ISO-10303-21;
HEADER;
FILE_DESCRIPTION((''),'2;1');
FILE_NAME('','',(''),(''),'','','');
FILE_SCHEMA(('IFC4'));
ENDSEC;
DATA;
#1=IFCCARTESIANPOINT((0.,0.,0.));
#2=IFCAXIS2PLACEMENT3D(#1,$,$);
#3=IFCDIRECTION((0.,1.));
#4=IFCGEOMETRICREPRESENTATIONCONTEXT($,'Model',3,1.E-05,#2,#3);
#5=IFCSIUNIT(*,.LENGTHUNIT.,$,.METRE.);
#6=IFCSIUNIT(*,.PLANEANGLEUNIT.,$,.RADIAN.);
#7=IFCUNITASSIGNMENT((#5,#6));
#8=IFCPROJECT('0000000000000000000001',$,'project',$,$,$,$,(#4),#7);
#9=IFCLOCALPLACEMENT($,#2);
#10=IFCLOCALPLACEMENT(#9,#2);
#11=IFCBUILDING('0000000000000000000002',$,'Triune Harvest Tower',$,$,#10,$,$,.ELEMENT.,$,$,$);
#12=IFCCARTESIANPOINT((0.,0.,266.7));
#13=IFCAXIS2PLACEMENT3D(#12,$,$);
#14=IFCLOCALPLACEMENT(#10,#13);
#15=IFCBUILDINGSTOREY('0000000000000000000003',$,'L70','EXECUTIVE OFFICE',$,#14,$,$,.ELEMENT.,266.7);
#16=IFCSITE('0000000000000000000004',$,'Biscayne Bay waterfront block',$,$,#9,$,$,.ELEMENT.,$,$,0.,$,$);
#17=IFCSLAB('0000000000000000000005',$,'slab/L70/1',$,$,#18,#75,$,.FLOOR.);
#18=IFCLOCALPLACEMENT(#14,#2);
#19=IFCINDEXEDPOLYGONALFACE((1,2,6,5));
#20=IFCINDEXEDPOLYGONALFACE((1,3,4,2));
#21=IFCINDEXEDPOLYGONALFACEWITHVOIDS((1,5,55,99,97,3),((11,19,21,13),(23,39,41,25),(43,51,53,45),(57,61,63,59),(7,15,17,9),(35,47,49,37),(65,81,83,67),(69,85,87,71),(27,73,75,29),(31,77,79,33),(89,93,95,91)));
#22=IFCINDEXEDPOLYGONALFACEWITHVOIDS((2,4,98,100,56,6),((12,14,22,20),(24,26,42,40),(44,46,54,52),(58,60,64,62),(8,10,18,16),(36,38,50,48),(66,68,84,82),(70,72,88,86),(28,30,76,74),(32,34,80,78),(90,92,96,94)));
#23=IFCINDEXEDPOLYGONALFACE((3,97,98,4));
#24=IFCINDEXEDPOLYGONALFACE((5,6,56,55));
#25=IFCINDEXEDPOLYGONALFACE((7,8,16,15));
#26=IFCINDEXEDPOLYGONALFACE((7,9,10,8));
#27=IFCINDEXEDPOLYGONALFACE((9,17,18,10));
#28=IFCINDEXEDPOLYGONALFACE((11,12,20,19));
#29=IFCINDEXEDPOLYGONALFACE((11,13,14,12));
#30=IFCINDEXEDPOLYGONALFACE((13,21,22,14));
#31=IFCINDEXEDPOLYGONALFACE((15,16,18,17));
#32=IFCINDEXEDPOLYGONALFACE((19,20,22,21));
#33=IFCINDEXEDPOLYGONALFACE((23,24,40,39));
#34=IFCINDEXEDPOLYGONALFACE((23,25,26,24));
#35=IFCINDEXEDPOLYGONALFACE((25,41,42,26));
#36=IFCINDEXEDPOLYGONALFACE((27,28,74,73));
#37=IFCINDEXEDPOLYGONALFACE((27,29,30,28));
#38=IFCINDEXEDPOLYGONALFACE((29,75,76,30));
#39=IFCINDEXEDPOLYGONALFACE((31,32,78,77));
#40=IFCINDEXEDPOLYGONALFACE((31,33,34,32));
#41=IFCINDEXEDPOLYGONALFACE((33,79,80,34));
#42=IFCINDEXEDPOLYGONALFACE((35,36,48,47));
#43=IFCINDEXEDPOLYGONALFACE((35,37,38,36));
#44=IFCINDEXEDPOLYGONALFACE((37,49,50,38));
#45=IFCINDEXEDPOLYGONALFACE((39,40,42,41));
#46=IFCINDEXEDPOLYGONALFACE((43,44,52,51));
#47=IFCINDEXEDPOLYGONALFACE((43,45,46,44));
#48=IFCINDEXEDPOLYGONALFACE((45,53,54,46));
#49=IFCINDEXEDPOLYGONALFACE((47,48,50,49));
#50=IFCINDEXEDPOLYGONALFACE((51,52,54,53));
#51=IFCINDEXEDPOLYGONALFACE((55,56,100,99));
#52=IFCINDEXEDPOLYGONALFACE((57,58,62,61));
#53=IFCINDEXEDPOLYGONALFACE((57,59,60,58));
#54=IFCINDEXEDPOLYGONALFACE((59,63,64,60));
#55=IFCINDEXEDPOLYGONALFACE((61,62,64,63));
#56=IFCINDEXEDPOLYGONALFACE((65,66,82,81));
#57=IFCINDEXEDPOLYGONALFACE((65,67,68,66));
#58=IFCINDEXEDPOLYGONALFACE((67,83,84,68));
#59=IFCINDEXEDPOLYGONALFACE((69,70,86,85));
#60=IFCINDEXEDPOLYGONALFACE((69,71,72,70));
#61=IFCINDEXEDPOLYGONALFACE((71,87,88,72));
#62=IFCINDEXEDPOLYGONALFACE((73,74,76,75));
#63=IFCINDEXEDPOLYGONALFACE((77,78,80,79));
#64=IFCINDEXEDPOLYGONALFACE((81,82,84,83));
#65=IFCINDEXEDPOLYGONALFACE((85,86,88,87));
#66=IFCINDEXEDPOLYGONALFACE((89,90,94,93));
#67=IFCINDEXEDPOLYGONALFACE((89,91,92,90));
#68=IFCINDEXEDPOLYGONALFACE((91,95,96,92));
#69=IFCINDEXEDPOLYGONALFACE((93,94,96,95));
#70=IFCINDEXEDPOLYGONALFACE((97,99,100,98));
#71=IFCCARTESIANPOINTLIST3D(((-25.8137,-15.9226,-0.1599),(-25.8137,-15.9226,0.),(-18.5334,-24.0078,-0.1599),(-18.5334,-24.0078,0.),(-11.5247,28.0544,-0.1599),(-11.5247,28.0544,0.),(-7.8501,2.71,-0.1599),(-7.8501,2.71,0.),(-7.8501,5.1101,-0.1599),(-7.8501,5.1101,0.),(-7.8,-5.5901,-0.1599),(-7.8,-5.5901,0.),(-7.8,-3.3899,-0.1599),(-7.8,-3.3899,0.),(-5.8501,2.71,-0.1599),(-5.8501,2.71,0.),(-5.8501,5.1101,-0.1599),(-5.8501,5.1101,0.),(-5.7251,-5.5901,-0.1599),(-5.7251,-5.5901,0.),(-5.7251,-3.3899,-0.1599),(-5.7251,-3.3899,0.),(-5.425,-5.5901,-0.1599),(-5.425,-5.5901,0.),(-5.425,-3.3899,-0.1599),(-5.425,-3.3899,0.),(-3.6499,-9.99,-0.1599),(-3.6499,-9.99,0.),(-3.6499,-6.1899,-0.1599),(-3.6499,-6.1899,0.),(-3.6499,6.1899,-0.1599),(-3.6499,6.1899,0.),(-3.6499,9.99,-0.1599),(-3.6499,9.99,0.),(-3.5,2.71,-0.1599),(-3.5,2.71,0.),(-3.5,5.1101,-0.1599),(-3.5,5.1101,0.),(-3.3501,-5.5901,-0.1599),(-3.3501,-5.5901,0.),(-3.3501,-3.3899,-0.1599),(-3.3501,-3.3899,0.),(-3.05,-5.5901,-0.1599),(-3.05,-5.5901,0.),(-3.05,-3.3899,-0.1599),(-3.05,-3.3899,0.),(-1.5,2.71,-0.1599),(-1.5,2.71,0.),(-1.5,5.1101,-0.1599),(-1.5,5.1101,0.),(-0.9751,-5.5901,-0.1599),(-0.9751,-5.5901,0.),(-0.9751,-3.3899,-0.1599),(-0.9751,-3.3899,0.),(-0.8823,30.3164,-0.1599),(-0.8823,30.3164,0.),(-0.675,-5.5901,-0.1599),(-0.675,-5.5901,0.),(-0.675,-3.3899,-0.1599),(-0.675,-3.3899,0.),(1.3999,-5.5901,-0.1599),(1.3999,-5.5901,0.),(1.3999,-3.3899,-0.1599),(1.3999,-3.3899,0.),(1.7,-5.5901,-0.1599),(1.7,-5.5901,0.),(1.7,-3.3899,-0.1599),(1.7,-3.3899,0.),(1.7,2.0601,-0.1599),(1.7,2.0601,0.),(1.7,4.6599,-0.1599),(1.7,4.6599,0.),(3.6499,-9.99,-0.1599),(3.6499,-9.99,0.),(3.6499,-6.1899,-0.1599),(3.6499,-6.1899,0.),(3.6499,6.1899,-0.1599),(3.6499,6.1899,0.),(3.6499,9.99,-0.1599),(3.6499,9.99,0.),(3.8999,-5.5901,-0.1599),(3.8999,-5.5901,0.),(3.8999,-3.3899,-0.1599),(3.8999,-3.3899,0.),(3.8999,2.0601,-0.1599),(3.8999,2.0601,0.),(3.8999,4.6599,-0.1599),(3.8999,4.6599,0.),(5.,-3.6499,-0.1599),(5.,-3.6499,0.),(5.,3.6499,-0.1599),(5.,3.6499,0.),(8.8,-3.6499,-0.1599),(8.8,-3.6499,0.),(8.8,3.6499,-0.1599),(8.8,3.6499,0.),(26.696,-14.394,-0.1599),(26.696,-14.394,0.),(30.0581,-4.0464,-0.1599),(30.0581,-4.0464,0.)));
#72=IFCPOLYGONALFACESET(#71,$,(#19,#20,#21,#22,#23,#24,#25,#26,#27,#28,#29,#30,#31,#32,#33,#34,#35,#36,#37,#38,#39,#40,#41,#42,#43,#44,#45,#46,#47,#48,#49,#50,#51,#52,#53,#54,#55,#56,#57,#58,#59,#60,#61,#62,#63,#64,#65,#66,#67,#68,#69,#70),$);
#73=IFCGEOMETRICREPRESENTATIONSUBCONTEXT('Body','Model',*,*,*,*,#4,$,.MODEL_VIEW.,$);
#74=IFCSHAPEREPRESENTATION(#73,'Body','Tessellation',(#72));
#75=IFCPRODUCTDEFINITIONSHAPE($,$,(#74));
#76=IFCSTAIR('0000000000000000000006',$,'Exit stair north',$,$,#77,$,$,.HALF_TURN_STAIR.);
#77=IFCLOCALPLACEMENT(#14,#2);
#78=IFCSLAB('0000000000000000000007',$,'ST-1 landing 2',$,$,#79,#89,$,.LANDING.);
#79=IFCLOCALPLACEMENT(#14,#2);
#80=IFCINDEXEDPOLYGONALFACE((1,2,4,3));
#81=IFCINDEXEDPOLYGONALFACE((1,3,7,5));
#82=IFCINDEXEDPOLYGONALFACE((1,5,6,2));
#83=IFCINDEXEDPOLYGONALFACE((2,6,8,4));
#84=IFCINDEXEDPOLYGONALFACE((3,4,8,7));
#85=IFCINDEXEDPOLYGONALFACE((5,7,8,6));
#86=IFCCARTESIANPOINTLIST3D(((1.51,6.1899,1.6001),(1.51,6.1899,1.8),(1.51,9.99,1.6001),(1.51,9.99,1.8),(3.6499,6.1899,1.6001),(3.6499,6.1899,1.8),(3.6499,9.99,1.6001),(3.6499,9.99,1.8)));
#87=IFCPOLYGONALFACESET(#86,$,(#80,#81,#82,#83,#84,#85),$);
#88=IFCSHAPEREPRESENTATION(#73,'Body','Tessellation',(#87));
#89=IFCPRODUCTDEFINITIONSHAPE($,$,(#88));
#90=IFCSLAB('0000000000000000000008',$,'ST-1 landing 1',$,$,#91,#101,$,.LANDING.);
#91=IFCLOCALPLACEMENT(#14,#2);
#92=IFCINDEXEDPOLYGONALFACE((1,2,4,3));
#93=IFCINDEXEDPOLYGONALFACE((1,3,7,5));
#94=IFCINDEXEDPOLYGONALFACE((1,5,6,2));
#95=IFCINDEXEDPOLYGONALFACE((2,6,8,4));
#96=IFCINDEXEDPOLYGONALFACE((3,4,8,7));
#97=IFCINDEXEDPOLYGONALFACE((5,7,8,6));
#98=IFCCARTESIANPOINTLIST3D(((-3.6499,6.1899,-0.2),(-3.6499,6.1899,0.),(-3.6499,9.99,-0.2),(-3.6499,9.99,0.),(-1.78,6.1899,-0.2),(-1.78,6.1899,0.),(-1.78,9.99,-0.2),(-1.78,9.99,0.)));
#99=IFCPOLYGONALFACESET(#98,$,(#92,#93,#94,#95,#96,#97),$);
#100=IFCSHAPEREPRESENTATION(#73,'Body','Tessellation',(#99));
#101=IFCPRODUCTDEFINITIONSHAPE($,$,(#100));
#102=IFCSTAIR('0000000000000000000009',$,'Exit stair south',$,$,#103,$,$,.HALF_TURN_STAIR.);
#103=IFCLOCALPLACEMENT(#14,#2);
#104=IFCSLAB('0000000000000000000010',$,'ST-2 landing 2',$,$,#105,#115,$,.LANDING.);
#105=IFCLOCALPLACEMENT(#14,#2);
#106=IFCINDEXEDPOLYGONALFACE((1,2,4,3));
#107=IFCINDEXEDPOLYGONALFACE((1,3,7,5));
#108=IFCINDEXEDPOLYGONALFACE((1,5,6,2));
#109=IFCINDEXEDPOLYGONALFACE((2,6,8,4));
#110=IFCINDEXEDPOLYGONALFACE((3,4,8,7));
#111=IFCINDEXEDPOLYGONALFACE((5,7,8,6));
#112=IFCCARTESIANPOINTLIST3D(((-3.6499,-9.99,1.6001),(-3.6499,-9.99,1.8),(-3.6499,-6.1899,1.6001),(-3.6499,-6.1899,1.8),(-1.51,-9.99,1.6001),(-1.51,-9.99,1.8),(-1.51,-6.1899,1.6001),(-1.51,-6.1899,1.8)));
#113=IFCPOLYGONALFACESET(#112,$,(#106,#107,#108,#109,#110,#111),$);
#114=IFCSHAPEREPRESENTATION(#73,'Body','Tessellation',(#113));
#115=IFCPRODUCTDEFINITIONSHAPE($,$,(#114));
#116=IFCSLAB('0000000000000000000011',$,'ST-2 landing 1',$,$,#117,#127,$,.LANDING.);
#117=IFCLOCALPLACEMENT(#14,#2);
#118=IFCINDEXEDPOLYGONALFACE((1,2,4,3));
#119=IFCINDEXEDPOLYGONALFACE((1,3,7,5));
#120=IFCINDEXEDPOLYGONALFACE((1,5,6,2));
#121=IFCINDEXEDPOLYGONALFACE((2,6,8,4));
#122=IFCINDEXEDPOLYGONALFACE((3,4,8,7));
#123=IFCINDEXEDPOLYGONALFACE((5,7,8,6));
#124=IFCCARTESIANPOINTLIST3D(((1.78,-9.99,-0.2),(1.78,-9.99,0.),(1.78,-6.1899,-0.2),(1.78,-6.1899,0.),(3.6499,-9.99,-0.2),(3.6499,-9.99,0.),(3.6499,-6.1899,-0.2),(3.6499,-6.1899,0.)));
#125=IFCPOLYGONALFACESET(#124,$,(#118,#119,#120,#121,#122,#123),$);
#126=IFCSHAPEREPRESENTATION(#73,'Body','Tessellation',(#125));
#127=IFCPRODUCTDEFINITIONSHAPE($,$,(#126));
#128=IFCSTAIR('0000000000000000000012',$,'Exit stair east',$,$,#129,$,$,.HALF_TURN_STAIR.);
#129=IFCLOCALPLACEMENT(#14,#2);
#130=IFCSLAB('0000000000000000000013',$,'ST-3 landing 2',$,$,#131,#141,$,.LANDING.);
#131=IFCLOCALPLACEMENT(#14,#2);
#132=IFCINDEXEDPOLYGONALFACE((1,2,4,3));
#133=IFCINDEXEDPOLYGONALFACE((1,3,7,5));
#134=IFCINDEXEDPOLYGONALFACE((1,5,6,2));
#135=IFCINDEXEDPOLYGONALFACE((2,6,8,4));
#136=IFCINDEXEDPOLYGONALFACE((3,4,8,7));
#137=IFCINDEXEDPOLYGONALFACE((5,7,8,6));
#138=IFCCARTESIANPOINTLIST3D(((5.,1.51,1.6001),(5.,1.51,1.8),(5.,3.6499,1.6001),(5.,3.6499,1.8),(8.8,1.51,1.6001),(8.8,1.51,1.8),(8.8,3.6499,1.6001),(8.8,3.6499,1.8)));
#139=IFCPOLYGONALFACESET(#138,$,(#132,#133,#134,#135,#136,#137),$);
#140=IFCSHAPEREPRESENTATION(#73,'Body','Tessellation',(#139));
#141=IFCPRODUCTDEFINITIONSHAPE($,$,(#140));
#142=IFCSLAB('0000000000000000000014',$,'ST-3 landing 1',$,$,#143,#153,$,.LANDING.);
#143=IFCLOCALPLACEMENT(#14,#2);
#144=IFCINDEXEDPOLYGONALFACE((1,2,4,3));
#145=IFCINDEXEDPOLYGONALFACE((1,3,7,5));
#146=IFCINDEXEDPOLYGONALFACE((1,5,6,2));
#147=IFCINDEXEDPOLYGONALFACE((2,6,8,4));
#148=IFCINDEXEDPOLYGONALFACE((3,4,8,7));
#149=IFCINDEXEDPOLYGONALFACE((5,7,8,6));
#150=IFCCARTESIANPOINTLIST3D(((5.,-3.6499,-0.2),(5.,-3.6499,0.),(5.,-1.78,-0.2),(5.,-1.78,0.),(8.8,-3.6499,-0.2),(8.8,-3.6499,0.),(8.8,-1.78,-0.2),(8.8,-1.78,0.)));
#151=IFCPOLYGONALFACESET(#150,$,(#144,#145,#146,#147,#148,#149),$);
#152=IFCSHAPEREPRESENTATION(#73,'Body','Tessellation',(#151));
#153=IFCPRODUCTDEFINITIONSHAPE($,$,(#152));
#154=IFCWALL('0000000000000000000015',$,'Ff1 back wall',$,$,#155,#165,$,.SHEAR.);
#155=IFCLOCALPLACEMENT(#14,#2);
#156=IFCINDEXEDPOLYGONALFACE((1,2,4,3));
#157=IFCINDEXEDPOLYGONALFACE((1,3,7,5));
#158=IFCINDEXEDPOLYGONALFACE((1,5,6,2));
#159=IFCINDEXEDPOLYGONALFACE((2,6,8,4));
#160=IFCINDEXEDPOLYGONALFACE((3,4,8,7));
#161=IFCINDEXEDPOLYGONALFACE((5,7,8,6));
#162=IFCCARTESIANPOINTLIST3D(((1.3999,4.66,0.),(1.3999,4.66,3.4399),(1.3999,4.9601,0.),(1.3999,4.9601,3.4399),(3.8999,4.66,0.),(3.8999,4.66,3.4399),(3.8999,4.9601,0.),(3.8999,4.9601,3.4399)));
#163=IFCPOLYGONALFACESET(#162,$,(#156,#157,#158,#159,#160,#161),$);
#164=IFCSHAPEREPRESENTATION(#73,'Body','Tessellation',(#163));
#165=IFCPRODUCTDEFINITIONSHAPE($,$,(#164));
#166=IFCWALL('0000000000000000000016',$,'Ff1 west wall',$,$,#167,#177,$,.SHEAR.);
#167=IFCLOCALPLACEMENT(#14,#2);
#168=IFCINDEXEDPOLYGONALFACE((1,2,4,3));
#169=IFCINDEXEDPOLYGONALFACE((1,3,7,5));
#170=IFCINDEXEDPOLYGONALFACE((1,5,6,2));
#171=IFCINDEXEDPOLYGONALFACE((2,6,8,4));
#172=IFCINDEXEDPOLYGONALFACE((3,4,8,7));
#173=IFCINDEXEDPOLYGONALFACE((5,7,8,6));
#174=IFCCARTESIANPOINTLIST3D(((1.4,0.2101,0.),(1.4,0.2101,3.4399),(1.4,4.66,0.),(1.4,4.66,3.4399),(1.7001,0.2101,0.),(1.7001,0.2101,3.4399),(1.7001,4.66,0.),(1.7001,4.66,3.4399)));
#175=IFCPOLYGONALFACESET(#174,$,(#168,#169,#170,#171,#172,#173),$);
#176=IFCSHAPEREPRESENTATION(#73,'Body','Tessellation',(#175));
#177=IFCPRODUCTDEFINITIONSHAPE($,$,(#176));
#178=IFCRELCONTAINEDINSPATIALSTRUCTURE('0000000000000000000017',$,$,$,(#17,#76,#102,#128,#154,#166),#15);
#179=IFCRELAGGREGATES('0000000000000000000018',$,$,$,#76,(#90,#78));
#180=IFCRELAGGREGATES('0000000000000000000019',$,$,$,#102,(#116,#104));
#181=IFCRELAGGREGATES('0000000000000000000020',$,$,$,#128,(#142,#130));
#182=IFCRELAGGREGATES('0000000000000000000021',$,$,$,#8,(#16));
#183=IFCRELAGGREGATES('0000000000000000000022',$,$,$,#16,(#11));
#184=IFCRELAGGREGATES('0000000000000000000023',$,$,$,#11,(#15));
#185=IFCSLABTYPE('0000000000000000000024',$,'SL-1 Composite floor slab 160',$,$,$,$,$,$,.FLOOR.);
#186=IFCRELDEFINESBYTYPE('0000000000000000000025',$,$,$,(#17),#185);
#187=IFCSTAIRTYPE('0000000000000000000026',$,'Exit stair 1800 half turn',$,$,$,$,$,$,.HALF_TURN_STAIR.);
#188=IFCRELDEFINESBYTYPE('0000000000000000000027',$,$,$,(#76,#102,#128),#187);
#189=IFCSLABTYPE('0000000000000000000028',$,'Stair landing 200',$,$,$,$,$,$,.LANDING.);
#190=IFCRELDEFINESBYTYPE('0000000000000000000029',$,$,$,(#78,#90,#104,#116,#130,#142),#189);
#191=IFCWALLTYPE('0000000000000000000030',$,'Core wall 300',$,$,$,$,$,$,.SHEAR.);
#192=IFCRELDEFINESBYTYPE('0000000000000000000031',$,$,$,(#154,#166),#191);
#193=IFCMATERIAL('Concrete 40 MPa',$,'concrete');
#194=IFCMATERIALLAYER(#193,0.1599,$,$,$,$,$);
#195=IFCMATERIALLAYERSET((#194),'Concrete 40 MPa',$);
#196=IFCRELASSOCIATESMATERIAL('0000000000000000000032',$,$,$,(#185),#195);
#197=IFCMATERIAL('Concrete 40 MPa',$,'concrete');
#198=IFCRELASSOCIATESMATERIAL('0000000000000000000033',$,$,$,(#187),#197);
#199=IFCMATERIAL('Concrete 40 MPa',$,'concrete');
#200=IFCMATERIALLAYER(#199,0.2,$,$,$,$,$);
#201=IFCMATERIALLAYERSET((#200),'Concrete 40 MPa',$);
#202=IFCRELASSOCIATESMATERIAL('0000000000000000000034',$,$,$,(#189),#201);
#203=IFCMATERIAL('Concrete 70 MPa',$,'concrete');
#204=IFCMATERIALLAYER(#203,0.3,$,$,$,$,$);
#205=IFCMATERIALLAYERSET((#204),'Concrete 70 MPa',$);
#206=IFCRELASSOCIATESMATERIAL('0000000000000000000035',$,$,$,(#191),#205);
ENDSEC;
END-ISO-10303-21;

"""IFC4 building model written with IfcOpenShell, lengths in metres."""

from ifc_helpers import new_model, si_unit, direction, frame, frame_2d, origin, place, context, subcontext, project, spatial, polyline, rectangle, outline, extrude, source, transform, mapped, material, layer, layer_set, type_object, element, aggregate, save


model = new_model("IFC4")

# Units and contexts
model_context = context("Model", 3, precision=1e-05, world=origin(), true_north=direction((0.0, 1.0)))
body_context = subcontext(model_context, "Body", "Model", "MODEL_VIEW")
ifc_project = project(units=[si_unit("LENGTHUNIT", "METRE"), si_unit("PLANEANGLEUNIT", "RADIAN")], contexts=[model_context])

# Site, building, storey
site_placement = place(None, origin())
site = spatial("IfcSite", under=ifc_project, at=site_placement, Name="Biscayne Bay waterfront block", CompositionType="ELEMENT", RefElevation=0.0)
building_placement = place(site_placement, origin())
building = spatial("IfcBuilding", under=site, at=building_placement, Name="Triune Harvest Tower", CompositionType="ELEMENT")
storey_placement = place(building_placement, frame((0.0, 0.0, 266.7)))
storey = spatial("IfcBuildingStorey", under=building, at=storey_placement, Name="L70", Description="EXECUTIVE OFFICE", CompositionType="ELEMENT", Elevation=266.7)

# Slab
ifc_material_1 = material(Name="Concrete 40 MPa", Category="concrete")
ifc_layer_1 = layer(ifc_material_1, 0.1599)
ifc_layer_set_1 = layer_set([ifc_layer_1], Name="Concrete 40 MPa")
slab_type_1 = type_object("IfcSlabType", Name="SL-1 Composite floor slab 160", PredefinedType="FLOOR", material=ifc_layer_set_1)
shared_shape_1 = source(origin(), body_context, "Body", "SweptSolid", [
    extrude(outline(polyline([(30.0581, -4.0464), (-0.8823, 30.3164), (-11.5247, 28.0544), (-25.8137, -15.9226), (-18.5334, -24.0078), (26.696, -14.394), (30.0581, -4.0464)]), holes=[polyline([(-5.7251, -5.5901), (-5.7251, -3.3899), (-7.8, -3.3899), (-7.8, -5.5901), (-5.7251, -5.5901)]), polyline([(-3.3501, -5.5901), (-3.3501, -3.3899), (-5.425, -3.3899), (-5.425, -5.5901), (-3.3501, -5.5901)]), polyline([(-0.9751, -5.5901), (-0.9751, -3.3899), (-3.05, -3.3899), (-3.05, -5.5901), (-0.9751, -5.5901)]), polyline([(1.3999, -5.5901), (1.3999, -3.3899), (-0.675, -3.3899), (-0.675, -5.5901), (1.3999, -5.5901)]), polyline([(3.8999, 2.0601), (3.8999, 4.6599), (1.7, 4.6599), (1.7, 2.0601), (3.8999, 2.0601)]), polyline([(3.8999, -5.5901), (3.8999, -3.3899), (1.7, -3.3899), (1.7, -5.5901), (3.8999, -5.5901)]), polyline([(-5.8501, 2.71), (-5.8501, 5.1101), (-7.8501, 5.1101), (-7.8501, 2.71), (-5.8501, 2.71)]), polyline([(-1.5, 2.71), (-1.5, 5.1101), (-3.5, 5.1101), (-3.5, 2.71), (-1.5, 2.71)]), polyline([(3.6499, 6.1899), (3.6499, 9.99), (-3.6499, 9.99), (-3.6499, 6.1899), (3.6499, 6.1899)]), polyline([(3.6499, -9.99), (3.6499, -6.1899), (-3.6499, -6.1899), (-3.6499, -9.99), (3.6499, -9.99)]), polyline([(8.8, -3.6499), (8.8, 3.6499), (5.0, 3.6499), (5.0, -3.6499), (8.8, -3.6499)])]), origin(), (0.0, 0.0, 1.0), 0.1599),
])
slab_1_placement = place(storey_placement, frame((0.0, 0.0, -0.1599)))
element("IfcSlab", 1, at=slab_1_placement, inside=storey, type_object=slab_type_1, Name="slab/L70/1", PredefinedType="FLOOR", context=body_context, shape_type="MappedRepresentation", body=[
    mapped(shared_shape_1, transform((0.0, 0.0, 0.0), scale=1.0)),
])

# Stairs, slabs
ifc_material_2 = material(Name="Concrete 40 MPa", Category="concrete")
stair_type = type_object("IfcStairType", Name="Exit stair 1800 half turn", PredefinedType="HALF_TURN_STAIR", material=ifc_material_2)
stair_1_placement = place(storey_placement, origin())
stair_1 = element("IfcStair", 2, at=stair_1_placement, inside=storey, type_object=stair_type, Name="Exit stair north", PredefinedType="HALF_TURN_STAIR")
ifc_material_3 = material(Name="Concrete 40 MPa", Category="concrete")
ifc_layer_2 = layer(ifc_material_3, 0.2)
ifc_layer_set_2 = layer_set([ifc_layer_2], Name="Concrete 40 MPa")
slab_type_2 = type_object("IfcSlabType", Name="Stair landing 200", PredefinedType="LANDING", material=ifc_layer_set_2)
shared_shape_2 = source(origin(), body_context, "Body", "SweptSolid", [
    extrude(outline(polyline([(1.51, 6.1899), (3.6499, 6.1899), (3.6499, 9.99), (1.51, 9.99), (1.51, 6.1899)])), origin(), (0.0, 0.0, 1.0), 0.2),
])
slab_2_placement = place(storey_placement, frame((0.0, 0.0, 1.6001)))
slab_2 = element("IfcSlab", 3, at=slab_2_placement, type_object=slab_type_2, Name="ST-1 landing 2", PredefinedType="LANDING", context=body_context, shape_type="MappedRepresentation", body=[
    mapped(shared_shape_2, transform((0.0, 0.0, 0.0), scale=1.0)),
])
shared_shape_3 = source(origin(), body_context, "Body", "SweptSolid", [
    extrude(outline(polyline([(-3.6499, 6.1899), (-1.78, 6.1899), (-1.78, 9.99), (-3.6499, 9.99), (-3.6499, 6.1899)])), origin(), (0.0, 0.0, 1.0), 0.2),
])
slab_3_placement = place(storey_placement, frame((0.0, 0.0, -0.2)))
slab_3 = element("IfcSlab", 4, at=slab_3_placement, type_object=slab_type_2, Name="ST-1 landing 1", PredefinedType="LANDING", context=body_context, shape_type="MappedRepresentation", body=[
    mapped(shared_shape_3, transform((0.0, 0.0, 0.0), scale=1.0)),
])
aggregate(stair_1, [slab_3, slab_2])
stair_2_placement = place(storey_placement, origin())
stair_2 = element("IfcStair", 5, at=stair_2_placement, inside=storey, type_object=stair_type, Name="Exit stair south", PredefinedType="HALF_TURN_STAIR")
shared_shape_4 = source(origin(), body_context, "Body", "SweptSolid", [
    extrude(outline(polyline([(-1.51, -6.1899), (-3.6499, -6.1899), (-3.6499, -9.99), (-1.51, -9.99), (-1.51, -6.1899)])), origin(), (0.0, 0.0, 1.0), 0.2),
])
slab_4_placement = place(storey_placement, frame((0.0, 0.0, 1.6001)))
slab_4 = element("IfcSlab", 6, at=slab_4_placement, type_object=slab_type_2, Name="ST-2 landing 2", PredefinedType="LANDING", context=body_context, shape_type="MappedRepresentation", body=[
    mapped(shared_shape_4, transform((0.0, 0.0, 0.0), scale=1.0)),
])
shared_shape_5 = source(origin(), body_context, "Body", "SweptSolid", [
    extrude(outline(polyline([(3.6499, -6.1899), (1.78, -6.1899), (1.78, -9.99), (3.6499, -9.99), (3.6499, -6.1899)])), origin(), (0.0, 0.0, 1.0), 0.2),
])
slab_5_placement = place(storey_placement, frame((0.0, 0.0, -0.2)))
slab_5 = element("IfcSlab", 7, at=slab_5_placement, type_object=slab_type_2, Name="ST-2 landing 1", PredefinedType="LANDING", context=body_context, shape_type="MappedRepresentation", body=[
    mapped(shared_shape_5, transform((0.0, 0.0, 0.0), scale=1.0)),
])
aggregate(stair_2, [slab_5, slab_4])
stair_3_placement = place(storey_placement, origin())
stair_3 = element("IfcStair", 8, at=stair_3_placement, inside=storey, type_object=stair_type, Name="Exit stair east", PredefinedType="HALF_TURN_STAIR")
shared_shape_6 = source(origin(), body_context, "Body", "SweptSolid", [
    extrude(outline(polyline([(8.8, 1.51), (8.8, 3.6499), (5.0, 3.6499), (5.0, 1.51), (8.8, 1.51)])), origin(), (0.0, 0.0, 1.0), 0.2),
])
slab_6_placement = place(storey_placement, frame((0.0, 0.0, 1.6001)))
slab_6 = element("IfcSlab", 9, at=slab_6_placement, type_object=slab_type_2, Name="ST-3 landing 2", PredefinedType="LANDING", context=body_context, shape_type="MappedRepresentation", body=[
    mapped(shared_shape_6, transform((0.0, 0.0, 0.0), scale=1.0)),
])
shared_shape_7 = source(origin(), body_context, "Body", "SweptSolid", [
    extrude(outline(polyline([(8.8, -3.6499), (8.8, -1.78), (5.0, -1.78), (5.0, -3.6499), (8.8, -3.6499)])), origin(), (0.0, 0.0, 1.0), 0.2),
])
slab_7_placement = place(storey_placement, frame((0.0, 0.0, -0.2)))
slab_7 = element("IfcSlab", 10, at=slab_7_placement, type_object=slab_type_2, Name="ST-3 landing 1", PredefinedType="LANDING", context=body_context, shape_type="MappedRepresentation", body=[
    mapped(shared_shape_7, transform((0.0, 0.0, 0.0), scale=1.0)),
])

# Walls
ifc_material_4 = material(Name="Concrete 70 MPa", Category="concrete")
ifc_layer_3 = layer(ifc_material_4, 0.3)
ifc_layer_set_3 = layer_set([ifc_layer_3], Name="Concrete 70 MPa")
wall_type_1 = type_object("IfcWallType", Name="Core wall 300", PredefinedType="SHEAR", material=ifc_layer_set_3)
shared_shape_8 = source(origin(), body_context, "Body", "SweptSolid", [
    extrude(rectangle(XDim=2.5, YDim=0.3, at=frame_2d((1.25, 0.0))), origin(), (0.0, 0.0, 1.0), 3.4399),
])
wall_1_placement = place(storey_placement, frame((1.3999, 4.8101, 0.0), z_axis=(0.0, 0.0, 1.0), x_axis=(1.0, 0.0, 0.0)))
element("IfcWall", 11, at=wall_1_placement, inside=storey, type_object=wall_type_1, Name="Ff1 back wall", PredefinedType="SHEAR", context=body_context, shape_type="MappedRepresentation", body=[
    mapped(shared_shape_8, transform((0.0, 0.0, 0.0), scale=1.0)),
])
shared_shape_9 = source(origin(), body_context, "Body", "SweptSolid", [
    extrude(rectangle(XDim=4.45, YDim=0.3, at=frame_2d((2.2251, 0.0))), origin(), (0.0, 0.0, 1.0), 3.4399),
])
wall_2_placement = place(storey_placement, frame((1.55, 0.21, 0.0), z_axis=(0.0, 0.0, 1.0), x_axis=(0.0, 1.0, 0.0)))
element("IfcWall", 12, at=wall_2_placement, inside=storey, type_object=wall_type_1, Name="Ff1 west wall", PredefinedType="SHEAR", context=body_context, shape_type="MappedRepresentation", body=[
    mapped(shared_shape_9, transform((0.0, 0.0, 0.0), scale=1.0)),
])

aggregate(stair_3, [slab_7, slab_6])

save(model, "model.ifc")
